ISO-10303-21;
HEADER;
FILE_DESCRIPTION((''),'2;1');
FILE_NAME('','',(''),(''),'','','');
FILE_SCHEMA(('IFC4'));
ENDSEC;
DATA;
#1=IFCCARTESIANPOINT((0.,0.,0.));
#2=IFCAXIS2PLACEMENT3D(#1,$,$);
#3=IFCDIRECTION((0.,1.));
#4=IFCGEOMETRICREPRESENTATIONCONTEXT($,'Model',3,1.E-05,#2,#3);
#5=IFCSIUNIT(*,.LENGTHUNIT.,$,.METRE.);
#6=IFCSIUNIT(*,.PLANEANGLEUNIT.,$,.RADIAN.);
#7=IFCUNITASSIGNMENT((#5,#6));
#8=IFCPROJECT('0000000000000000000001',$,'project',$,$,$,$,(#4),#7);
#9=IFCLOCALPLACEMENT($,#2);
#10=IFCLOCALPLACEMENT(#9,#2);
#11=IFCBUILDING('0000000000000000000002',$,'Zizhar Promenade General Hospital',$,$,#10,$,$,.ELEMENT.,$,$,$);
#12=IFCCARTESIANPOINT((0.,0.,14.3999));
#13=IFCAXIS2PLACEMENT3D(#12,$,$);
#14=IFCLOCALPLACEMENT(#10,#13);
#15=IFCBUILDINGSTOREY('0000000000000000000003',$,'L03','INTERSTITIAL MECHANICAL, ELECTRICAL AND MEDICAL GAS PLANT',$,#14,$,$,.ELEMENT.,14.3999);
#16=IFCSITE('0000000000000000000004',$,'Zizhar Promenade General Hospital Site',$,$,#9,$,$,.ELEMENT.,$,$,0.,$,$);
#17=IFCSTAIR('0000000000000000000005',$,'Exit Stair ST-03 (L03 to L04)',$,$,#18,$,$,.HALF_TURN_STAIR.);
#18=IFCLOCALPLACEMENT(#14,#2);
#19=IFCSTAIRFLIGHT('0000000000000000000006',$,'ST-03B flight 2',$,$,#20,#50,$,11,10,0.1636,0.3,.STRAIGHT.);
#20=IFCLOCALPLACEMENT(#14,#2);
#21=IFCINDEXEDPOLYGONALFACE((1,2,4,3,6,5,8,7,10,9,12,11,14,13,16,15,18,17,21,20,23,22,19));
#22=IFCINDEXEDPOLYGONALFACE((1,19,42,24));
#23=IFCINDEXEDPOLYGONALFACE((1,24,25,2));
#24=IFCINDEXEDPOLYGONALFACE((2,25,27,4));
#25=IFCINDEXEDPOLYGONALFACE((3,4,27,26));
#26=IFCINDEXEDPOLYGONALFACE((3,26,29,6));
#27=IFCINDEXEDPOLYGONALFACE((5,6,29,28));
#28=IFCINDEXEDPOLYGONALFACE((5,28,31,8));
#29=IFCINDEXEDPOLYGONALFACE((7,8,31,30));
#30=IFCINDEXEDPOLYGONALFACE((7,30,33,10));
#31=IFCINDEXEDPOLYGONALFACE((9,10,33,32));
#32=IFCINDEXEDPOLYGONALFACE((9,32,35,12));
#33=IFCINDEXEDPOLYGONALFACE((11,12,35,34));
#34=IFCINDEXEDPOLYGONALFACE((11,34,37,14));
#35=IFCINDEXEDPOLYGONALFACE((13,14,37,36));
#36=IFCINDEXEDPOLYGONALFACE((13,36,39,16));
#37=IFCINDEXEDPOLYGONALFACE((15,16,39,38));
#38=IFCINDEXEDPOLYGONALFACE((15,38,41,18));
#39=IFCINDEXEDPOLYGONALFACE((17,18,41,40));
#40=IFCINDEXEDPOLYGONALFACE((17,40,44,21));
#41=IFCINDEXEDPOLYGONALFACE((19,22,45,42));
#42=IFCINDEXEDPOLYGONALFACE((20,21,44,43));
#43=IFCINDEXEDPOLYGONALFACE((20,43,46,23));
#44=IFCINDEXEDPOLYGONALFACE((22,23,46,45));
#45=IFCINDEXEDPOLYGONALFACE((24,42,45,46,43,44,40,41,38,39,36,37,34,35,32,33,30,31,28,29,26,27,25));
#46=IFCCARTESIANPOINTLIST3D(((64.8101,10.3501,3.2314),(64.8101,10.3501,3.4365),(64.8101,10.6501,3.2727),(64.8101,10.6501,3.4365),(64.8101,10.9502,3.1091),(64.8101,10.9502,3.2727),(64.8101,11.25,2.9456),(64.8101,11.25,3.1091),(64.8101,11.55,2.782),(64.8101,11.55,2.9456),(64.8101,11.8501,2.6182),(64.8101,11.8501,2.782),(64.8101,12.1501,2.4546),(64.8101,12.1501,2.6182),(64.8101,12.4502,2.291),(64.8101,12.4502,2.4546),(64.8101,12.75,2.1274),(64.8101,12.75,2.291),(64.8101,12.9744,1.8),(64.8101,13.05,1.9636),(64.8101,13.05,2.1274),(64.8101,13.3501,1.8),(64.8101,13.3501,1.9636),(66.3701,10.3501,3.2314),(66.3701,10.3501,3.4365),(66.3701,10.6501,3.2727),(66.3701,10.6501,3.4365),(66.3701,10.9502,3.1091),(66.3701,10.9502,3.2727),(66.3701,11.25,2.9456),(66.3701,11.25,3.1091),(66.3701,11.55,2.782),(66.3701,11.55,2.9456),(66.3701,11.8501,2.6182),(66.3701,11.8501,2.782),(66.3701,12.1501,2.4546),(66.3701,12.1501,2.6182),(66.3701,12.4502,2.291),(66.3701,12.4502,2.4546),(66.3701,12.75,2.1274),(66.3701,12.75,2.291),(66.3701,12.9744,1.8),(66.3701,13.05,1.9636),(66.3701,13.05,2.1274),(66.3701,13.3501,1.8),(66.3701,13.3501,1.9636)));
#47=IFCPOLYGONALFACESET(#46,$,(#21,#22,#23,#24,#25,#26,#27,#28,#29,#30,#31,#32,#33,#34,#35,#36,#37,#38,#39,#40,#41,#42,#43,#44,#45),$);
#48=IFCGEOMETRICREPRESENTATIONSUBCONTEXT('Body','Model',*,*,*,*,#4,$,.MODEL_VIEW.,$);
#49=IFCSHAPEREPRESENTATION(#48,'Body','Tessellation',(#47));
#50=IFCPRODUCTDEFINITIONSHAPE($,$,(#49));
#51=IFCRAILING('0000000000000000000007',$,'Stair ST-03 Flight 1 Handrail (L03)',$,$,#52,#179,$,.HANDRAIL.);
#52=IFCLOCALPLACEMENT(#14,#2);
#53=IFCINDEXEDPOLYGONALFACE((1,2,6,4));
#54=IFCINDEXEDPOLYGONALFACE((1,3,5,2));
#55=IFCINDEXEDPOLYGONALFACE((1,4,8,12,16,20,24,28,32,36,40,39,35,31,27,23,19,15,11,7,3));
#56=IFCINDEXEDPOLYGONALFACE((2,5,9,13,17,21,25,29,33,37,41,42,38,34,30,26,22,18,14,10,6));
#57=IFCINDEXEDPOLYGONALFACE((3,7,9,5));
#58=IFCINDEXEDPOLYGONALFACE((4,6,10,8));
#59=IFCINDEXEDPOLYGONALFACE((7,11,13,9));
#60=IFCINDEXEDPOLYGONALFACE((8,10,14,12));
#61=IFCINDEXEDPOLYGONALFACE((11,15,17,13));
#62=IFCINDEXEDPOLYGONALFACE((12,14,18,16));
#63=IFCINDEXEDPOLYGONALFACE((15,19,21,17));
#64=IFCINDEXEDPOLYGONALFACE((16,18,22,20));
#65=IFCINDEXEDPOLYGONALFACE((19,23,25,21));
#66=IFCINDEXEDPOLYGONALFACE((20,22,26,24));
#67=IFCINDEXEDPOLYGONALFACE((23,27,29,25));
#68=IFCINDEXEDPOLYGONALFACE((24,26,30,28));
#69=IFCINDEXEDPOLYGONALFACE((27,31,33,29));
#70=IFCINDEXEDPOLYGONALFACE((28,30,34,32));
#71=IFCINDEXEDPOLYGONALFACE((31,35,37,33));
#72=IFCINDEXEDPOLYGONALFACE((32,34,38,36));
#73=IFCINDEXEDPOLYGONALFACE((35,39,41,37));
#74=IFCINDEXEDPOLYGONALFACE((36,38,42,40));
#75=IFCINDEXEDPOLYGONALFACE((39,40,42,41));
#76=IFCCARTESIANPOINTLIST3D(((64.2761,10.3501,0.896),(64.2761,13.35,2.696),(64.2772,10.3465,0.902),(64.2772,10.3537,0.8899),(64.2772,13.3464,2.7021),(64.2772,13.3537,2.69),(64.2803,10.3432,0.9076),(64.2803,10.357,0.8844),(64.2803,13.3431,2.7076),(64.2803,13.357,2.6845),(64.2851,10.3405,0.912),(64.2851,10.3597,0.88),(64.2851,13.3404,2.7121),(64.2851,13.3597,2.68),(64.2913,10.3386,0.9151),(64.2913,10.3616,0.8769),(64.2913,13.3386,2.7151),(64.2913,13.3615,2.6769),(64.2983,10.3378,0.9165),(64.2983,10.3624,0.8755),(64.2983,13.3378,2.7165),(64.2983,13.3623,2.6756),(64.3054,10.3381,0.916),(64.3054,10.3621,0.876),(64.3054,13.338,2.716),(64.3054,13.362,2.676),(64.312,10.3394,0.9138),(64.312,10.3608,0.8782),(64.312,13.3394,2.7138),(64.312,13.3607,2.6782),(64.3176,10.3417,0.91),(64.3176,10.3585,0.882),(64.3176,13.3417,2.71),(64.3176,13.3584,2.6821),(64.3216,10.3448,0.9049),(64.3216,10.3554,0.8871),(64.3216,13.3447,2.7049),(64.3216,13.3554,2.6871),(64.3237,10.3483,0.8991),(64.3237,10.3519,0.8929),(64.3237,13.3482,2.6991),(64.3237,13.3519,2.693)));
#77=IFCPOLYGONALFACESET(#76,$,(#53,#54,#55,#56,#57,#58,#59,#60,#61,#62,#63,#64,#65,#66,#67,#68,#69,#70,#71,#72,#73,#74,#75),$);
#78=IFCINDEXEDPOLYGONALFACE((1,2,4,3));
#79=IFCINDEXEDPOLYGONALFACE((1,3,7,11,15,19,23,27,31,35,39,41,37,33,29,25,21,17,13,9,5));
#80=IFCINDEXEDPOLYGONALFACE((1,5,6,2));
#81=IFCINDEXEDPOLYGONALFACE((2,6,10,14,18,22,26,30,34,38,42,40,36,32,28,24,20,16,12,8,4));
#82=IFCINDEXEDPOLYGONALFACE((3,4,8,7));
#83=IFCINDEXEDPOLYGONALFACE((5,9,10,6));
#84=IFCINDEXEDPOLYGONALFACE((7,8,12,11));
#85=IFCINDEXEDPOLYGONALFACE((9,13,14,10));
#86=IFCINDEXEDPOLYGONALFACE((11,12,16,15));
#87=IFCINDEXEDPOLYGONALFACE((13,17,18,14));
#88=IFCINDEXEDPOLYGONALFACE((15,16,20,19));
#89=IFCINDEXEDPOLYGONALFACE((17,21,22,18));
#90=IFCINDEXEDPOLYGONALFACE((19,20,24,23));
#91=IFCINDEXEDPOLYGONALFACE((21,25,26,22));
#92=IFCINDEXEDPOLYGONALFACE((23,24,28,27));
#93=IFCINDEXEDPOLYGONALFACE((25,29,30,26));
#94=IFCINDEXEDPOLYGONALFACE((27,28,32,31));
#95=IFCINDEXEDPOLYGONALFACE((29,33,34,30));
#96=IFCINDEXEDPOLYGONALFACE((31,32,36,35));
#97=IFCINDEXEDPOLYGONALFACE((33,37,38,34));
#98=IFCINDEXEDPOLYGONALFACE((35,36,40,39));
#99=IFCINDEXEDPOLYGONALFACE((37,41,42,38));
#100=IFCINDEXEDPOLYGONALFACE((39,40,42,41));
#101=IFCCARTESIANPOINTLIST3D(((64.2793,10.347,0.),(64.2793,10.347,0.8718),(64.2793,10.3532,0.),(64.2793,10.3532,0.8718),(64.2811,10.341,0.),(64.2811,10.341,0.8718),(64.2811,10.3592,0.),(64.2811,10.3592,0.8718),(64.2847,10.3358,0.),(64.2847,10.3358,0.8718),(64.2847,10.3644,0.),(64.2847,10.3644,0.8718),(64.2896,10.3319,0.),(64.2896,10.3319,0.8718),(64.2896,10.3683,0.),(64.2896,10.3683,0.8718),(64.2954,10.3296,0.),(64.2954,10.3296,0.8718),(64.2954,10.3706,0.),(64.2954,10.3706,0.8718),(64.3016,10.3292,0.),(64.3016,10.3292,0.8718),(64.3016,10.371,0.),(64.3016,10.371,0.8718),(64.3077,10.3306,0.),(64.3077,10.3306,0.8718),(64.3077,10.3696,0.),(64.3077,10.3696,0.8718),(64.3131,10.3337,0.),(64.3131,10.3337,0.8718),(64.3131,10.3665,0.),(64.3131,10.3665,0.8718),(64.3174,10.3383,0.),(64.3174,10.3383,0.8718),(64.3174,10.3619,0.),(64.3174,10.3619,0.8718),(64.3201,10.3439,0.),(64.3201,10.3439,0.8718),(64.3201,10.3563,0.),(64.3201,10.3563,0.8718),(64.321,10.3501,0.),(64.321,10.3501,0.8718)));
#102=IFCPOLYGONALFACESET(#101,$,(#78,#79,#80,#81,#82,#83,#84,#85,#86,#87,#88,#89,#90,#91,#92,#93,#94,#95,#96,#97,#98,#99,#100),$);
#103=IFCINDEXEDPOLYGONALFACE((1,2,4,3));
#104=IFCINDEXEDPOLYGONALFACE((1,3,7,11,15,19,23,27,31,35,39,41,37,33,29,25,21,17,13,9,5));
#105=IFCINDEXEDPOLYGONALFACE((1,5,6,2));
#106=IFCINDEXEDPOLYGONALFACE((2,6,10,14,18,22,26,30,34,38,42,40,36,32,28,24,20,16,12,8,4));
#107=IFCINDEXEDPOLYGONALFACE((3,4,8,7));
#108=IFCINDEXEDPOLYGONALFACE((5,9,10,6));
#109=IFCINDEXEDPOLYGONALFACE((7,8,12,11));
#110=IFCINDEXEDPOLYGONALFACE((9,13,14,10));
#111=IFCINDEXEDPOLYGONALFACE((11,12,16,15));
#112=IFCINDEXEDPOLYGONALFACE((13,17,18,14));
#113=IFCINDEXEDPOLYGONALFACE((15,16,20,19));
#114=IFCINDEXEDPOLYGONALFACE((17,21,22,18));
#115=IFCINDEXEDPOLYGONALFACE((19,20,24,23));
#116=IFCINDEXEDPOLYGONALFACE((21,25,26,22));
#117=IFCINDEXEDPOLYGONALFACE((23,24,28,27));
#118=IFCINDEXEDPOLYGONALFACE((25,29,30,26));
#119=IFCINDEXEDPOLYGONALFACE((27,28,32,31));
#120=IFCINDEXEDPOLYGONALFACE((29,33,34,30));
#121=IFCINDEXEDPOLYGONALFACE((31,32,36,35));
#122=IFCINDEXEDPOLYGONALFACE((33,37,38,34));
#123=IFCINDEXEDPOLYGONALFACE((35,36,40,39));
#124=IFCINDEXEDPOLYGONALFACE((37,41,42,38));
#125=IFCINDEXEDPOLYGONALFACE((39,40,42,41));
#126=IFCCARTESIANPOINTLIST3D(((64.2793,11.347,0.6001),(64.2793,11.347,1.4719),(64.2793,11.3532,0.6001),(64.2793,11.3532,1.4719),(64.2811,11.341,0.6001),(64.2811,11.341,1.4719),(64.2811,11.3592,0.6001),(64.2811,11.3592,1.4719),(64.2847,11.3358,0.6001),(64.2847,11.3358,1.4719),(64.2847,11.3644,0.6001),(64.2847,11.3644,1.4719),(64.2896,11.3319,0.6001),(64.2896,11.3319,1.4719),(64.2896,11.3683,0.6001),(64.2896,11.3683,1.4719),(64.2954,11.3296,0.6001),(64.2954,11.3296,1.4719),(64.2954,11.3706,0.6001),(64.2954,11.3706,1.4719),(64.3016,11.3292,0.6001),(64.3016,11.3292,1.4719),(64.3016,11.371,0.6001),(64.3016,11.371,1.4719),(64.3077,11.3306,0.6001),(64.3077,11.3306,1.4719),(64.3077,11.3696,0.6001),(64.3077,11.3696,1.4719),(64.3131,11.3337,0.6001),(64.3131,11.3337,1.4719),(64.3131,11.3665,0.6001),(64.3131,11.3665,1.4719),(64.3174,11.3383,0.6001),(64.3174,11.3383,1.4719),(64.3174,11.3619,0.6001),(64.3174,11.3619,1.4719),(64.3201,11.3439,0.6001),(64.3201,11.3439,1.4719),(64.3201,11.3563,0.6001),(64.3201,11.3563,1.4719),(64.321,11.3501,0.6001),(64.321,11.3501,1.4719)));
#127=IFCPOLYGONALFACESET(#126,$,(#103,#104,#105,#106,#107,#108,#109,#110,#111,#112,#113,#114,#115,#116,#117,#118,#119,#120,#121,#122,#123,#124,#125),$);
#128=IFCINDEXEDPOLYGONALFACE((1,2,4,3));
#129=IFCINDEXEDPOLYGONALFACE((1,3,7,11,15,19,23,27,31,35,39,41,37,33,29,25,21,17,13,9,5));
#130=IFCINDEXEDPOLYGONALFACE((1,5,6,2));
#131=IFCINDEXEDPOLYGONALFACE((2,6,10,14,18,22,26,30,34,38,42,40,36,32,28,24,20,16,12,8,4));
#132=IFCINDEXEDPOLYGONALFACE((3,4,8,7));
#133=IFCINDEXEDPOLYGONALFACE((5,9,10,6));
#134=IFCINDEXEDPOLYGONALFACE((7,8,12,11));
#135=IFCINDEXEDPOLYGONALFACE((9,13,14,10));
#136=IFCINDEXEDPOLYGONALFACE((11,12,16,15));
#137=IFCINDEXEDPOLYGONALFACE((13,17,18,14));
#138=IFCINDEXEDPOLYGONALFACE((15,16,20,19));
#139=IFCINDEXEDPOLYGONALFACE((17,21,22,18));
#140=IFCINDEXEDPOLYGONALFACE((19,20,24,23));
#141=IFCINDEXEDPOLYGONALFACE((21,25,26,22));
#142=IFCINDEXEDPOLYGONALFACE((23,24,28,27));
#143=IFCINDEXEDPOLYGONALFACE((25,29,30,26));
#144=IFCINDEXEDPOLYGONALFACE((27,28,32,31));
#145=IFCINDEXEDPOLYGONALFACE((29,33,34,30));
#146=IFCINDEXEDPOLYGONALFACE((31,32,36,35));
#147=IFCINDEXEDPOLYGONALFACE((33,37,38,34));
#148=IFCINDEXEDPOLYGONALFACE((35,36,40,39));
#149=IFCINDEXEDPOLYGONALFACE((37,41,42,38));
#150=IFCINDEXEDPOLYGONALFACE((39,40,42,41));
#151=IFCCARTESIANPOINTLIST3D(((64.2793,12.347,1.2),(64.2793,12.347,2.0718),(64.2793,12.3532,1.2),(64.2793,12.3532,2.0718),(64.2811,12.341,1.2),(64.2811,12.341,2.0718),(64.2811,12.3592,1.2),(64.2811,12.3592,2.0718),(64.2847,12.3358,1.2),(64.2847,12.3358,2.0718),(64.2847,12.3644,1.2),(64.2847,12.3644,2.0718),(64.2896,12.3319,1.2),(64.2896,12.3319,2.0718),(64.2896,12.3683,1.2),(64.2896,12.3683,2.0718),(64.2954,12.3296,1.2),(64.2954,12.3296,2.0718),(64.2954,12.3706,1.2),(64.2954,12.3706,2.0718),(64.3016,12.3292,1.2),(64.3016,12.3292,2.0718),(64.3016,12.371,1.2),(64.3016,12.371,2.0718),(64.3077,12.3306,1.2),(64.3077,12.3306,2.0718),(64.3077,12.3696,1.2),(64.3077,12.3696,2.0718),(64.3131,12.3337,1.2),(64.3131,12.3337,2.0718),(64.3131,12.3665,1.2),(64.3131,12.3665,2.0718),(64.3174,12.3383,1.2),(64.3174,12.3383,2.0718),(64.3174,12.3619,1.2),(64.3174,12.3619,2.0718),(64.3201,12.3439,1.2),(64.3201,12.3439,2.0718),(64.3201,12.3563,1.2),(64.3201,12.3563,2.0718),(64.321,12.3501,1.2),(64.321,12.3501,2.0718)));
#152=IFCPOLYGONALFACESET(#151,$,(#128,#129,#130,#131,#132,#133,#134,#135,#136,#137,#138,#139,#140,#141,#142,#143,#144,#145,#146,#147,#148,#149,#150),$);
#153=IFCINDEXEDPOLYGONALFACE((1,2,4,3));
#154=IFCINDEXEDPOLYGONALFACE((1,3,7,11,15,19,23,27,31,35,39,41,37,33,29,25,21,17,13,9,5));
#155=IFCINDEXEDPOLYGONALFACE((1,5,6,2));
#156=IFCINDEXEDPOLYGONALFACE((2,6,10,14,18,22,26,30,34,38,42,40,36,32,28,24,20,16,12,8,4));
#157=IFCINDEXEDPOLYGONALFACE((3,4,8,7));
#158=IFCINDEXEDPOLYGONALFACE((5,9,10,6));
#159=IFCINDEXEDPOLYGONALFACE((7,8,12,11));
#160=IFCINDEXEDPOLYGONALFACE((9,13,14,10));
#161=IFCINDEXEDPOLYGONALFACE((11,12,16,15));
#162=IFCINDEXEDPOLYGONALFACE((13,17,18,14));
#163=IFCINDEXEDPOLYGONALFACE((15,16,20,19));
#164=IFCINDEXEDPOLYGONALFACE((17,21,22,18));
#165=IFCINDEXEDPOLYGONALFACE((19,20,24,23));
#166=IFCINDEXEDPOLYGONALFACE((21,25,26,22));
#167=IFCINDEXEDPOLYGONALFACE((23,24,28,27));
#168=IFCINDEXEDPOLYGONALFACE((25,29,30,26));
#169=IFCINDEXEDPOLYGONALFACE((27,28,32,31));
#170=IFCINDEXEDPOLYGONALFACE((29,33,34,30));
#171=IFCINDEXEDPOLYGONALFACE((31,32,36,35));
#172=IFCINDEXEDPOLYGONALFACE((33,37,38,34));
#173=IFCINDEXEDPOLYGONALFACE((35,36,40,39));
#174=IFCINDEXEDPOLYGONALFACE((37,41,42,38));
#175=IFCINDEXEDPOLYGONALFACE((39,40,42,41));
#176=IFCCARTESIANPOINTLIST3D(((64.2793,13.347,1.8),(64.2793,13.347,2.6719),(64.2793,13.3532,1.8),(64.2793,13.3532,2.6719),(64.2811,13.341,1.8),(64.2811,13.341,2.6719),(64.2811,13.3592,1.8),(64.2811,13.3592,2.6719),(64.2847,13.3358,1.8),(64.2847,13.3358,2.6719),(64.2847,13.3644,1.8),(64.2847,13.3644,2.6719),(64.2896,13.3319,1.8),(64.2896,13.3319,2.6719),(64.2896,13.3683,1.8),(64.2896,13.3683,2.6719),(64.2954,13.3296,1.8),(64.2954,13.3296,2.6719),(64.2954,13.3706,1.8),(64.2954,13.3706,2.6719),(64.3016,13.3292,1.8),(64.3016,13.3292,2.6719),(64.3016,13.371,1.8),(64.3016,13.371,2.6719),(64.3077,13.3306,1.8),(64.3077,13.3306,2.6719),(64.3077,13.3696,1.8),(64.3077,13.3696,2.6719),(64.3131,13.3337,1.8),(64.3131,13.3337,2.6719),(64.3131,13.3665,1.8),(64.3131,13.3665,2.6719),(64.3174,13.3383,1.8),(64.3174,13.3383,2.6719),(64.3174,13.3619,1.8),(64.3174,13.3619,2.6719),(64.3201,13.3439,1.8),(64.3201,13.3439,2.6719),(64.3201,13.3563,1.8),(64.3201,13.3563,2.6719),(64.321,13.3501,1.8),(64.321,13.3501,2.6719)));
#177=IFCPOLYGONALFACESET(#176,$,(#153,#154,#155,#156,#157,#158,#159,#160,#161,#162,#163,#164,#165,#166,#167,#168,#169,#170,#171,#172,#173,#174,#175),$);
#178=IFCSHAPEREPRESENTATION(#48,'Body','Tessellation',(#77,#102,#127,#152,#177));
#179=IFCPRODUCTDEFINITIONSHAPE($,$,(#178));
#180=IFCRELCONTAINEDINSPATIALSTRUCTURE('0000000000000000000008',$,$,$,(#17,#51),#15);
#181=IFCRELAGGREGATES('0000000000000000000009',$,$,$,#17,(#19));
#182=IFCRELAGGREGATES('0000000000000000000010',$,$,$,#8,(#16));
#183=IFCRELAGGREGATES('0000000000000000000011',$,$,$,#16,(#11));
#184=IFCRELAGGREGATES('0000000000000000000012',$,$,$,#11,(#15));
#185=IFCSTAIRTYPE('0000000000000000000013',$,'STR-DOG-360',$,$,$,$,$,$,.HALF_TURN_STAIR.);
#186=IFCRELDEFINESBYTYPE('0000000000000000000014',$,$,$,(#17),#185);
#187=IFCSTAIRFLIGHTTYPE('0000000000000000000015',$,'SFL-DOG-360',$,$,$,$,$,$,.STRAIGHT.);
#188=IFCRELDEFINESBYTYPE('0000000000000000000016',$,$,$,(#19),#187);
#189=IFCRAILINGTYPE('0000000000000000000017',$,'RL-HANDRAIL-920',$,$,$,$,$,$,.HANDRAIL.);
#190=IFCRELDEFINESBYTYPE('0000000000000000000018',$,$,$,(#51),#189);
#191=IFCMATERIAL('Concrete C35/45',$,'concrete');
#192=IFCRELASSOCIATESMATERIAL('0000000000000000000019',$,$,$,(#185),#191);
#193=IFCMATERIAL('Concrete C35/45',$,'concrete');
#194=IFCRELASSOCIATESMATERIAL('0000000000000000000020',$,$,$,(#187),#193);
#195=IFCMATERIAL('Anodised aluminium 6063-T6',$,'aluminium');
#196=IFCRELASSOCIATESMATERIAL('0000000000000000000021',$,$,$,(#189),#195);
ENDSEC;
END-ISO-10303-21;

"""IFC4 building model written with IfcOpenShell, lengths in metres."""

from ifc_helpers import new_model, si_unit, direction, frame, origin, origin_2d, place, context, subcontext, project, spatial, polyline, circle, hollow_circle, outline, extrude, material, material_profile, profile_set, type_object, element, aggregate, save


model = new_model("IFC4")

# Units and contexts
model_context = context("Model", 3, precision=1e-05, world=origin(), true_north=direction((0.0, 1.0)))
body_context = subcontext(model_context, "Body", "Model", "MODEL_VIEW")
ifc_project = project(units=[si_unit("LENGTHUNIT", "METRE"), si_unit("PLANEANGLEUNIT", "RADIAN")], contexts=[model_context])

# Site, building, storey
site_placement = place(None, origin())
site = spatial("IfcSite", under=ifc_project, at=site_placement, Name="Zizhar Promenade General Hospital Site", CompositionType="ELEMENT", RefElevation=0.0)
building_placement = place(site_placement, origin())
building = spatial("IfcBuilding", under=site, at=building_placement, Name="Zizhar Promenade General Hospital", CompositionType="ELEMENT")
storey_placement = place(building_placement, frame((0.0, 0.0, 14.3999)))
storey = spatial("IfcBuildingStorey", under=building, at=storey_placement, Name="L03", Description="INTERSTITIAL MECHANICAL, ELECTRICAL AND MEDICAL GAS PLANT", CompositionType="ELEMENT", Elevation=14.3999)

# Stair, stair flight
ifc_material_1 = material(Name="Concrete C35/45", Category="concrete")
stair_type = type_object("IfcStairType", Name="STR-DOG-360", PredefinedType="HALF_TURN_STAIR", material=ifc_material_1)
stair_placement = place(storey_placement, origin())
stair = element("IfcStair", 1, at=stair_placement, inside=storey, type_object=stair_type, Name="Exit Stair ST-03 (L03 to L04)", PredefinedType="HALF_TURN_STAIR")
ifc_material_2 = material(Name="Concrete C35/45", Category="concrete")
stair_flight_type = type_object("IfcStairFlightType", Name="SFL-DOG-360", PredefinedType="STRAIGHT", material=ifc_material_2)
stair_flight_1_placement = place(storey_placement, frame((65.5901, 13.3501, 1.8), z_axis=(0.0, 0.0, 1.0), x_axis=(0.0, -1.0, 0.0)))
stair_flight_1 = element("IfcStairFlight", 2, at=stair_flight_1_placement, type_object=stair_flight_type, Name="ST-03B flight 2", NumberOfRisers=11, NumberOfTreads=10, PredefinedType="STRAIGHT", RiserHeight=0.1636, TreadLength=0.3, context=body_context, shape_type="SweptSolid", body=[
    extrude(outline(polyline([(0.0, 0.0), (0.0, 0.1636), (0.3, 0.1636), (0.3, 0.3274), (0.6001, 0.3274), (0.6001, 0.491), (0.8999, 0.491), (0.8999, 0.6545), (1.2, 0.6545), (1.2, 0.8181), (1.5, 0.8181), (1.5, 0.9819), (1.8, 0.9819), (1.8, 1.1455), (2.1001, 1.1455), (2.1001, 1.3091), (2.3999, 1.3091), (2.3999, 1.4727), (2.7, 1.4727), (2.7, 1.6365), (3.0, 1.6365), (3.0, 1.8), (3.0, 1.4314), (0.3757, 0.0), (0.0, 0.0)])), frame((0.0, 0.78, 0.0), z_axis=(0.0, -1.0, 0.0), x_axis=(1.0, 0.0, 0.0)), (0.0, 0.0, 1.0), 1.5601),
])
aggregate(stair, [stair_flight_1])

# Railing
ifc_material_3 = material(Name="Anodised aluminium 6063-T6", Category="aluminium")
ifc_material_profile_1 = material_profile(ifc_material_3, hollow_circle(Radius=0.0698, WallThickness=0.0063, at=origin_2d()))
ifc_profile_set_1 = profile_set([ifc_material_profile_1], Name="Anodised aluminium 6063-T6")
railing_type_1 = type_object("IfcRailingType", Name="RL-HANDRAIL-920", PredefinedType="HANDRAIL", material=ifc_profile_set_1)
railing_1_placement = place(storey_placement, frame((64.3, 10.3501, 0.0)))
element("IfcRailing", 3, at=railing_1_placement, inside=storey, type_object=railing_type_1, Name="Stair ST-03 Flight 1 Handrail (L03)", PredefinedType="HANDRAIL", context=body_context, shape_type="SweptSolid", body=[
    extrude(circle(Radius=0.0239, at=origin_2d()), frame((0.0, 0.0, 0.896), z_axis=(0.0, 0.857487, 0.514506), x_axis=(-1.0, 0.0, 0.0)), (0.0, 0.0, 1.0), 3.4985),
    extrude(circle(Radius=0.021, at=origin_2d()), origin(), (0.0, 0.0, 1.0), 0.8718),
    extrude(circle(Radius=0.021, at=origin_2d()), frame((0.0, 1.0, 0.6001)), (0.0, 0.0, 1.0), 0.8718),
    extrude(circle(Radius=0.021, at=origin_2d()), frame((0.0, 2.0, 1.2)), (0.0, 0.0, 1.0), 0.8718),
    extrude(circle(Radius=0.021, at=origin_2d()), frame((0.0, 3.0, 1.8)), (0.0, 0.0, 1.0), 0.8718),
])

save(model, "model.ifc")
